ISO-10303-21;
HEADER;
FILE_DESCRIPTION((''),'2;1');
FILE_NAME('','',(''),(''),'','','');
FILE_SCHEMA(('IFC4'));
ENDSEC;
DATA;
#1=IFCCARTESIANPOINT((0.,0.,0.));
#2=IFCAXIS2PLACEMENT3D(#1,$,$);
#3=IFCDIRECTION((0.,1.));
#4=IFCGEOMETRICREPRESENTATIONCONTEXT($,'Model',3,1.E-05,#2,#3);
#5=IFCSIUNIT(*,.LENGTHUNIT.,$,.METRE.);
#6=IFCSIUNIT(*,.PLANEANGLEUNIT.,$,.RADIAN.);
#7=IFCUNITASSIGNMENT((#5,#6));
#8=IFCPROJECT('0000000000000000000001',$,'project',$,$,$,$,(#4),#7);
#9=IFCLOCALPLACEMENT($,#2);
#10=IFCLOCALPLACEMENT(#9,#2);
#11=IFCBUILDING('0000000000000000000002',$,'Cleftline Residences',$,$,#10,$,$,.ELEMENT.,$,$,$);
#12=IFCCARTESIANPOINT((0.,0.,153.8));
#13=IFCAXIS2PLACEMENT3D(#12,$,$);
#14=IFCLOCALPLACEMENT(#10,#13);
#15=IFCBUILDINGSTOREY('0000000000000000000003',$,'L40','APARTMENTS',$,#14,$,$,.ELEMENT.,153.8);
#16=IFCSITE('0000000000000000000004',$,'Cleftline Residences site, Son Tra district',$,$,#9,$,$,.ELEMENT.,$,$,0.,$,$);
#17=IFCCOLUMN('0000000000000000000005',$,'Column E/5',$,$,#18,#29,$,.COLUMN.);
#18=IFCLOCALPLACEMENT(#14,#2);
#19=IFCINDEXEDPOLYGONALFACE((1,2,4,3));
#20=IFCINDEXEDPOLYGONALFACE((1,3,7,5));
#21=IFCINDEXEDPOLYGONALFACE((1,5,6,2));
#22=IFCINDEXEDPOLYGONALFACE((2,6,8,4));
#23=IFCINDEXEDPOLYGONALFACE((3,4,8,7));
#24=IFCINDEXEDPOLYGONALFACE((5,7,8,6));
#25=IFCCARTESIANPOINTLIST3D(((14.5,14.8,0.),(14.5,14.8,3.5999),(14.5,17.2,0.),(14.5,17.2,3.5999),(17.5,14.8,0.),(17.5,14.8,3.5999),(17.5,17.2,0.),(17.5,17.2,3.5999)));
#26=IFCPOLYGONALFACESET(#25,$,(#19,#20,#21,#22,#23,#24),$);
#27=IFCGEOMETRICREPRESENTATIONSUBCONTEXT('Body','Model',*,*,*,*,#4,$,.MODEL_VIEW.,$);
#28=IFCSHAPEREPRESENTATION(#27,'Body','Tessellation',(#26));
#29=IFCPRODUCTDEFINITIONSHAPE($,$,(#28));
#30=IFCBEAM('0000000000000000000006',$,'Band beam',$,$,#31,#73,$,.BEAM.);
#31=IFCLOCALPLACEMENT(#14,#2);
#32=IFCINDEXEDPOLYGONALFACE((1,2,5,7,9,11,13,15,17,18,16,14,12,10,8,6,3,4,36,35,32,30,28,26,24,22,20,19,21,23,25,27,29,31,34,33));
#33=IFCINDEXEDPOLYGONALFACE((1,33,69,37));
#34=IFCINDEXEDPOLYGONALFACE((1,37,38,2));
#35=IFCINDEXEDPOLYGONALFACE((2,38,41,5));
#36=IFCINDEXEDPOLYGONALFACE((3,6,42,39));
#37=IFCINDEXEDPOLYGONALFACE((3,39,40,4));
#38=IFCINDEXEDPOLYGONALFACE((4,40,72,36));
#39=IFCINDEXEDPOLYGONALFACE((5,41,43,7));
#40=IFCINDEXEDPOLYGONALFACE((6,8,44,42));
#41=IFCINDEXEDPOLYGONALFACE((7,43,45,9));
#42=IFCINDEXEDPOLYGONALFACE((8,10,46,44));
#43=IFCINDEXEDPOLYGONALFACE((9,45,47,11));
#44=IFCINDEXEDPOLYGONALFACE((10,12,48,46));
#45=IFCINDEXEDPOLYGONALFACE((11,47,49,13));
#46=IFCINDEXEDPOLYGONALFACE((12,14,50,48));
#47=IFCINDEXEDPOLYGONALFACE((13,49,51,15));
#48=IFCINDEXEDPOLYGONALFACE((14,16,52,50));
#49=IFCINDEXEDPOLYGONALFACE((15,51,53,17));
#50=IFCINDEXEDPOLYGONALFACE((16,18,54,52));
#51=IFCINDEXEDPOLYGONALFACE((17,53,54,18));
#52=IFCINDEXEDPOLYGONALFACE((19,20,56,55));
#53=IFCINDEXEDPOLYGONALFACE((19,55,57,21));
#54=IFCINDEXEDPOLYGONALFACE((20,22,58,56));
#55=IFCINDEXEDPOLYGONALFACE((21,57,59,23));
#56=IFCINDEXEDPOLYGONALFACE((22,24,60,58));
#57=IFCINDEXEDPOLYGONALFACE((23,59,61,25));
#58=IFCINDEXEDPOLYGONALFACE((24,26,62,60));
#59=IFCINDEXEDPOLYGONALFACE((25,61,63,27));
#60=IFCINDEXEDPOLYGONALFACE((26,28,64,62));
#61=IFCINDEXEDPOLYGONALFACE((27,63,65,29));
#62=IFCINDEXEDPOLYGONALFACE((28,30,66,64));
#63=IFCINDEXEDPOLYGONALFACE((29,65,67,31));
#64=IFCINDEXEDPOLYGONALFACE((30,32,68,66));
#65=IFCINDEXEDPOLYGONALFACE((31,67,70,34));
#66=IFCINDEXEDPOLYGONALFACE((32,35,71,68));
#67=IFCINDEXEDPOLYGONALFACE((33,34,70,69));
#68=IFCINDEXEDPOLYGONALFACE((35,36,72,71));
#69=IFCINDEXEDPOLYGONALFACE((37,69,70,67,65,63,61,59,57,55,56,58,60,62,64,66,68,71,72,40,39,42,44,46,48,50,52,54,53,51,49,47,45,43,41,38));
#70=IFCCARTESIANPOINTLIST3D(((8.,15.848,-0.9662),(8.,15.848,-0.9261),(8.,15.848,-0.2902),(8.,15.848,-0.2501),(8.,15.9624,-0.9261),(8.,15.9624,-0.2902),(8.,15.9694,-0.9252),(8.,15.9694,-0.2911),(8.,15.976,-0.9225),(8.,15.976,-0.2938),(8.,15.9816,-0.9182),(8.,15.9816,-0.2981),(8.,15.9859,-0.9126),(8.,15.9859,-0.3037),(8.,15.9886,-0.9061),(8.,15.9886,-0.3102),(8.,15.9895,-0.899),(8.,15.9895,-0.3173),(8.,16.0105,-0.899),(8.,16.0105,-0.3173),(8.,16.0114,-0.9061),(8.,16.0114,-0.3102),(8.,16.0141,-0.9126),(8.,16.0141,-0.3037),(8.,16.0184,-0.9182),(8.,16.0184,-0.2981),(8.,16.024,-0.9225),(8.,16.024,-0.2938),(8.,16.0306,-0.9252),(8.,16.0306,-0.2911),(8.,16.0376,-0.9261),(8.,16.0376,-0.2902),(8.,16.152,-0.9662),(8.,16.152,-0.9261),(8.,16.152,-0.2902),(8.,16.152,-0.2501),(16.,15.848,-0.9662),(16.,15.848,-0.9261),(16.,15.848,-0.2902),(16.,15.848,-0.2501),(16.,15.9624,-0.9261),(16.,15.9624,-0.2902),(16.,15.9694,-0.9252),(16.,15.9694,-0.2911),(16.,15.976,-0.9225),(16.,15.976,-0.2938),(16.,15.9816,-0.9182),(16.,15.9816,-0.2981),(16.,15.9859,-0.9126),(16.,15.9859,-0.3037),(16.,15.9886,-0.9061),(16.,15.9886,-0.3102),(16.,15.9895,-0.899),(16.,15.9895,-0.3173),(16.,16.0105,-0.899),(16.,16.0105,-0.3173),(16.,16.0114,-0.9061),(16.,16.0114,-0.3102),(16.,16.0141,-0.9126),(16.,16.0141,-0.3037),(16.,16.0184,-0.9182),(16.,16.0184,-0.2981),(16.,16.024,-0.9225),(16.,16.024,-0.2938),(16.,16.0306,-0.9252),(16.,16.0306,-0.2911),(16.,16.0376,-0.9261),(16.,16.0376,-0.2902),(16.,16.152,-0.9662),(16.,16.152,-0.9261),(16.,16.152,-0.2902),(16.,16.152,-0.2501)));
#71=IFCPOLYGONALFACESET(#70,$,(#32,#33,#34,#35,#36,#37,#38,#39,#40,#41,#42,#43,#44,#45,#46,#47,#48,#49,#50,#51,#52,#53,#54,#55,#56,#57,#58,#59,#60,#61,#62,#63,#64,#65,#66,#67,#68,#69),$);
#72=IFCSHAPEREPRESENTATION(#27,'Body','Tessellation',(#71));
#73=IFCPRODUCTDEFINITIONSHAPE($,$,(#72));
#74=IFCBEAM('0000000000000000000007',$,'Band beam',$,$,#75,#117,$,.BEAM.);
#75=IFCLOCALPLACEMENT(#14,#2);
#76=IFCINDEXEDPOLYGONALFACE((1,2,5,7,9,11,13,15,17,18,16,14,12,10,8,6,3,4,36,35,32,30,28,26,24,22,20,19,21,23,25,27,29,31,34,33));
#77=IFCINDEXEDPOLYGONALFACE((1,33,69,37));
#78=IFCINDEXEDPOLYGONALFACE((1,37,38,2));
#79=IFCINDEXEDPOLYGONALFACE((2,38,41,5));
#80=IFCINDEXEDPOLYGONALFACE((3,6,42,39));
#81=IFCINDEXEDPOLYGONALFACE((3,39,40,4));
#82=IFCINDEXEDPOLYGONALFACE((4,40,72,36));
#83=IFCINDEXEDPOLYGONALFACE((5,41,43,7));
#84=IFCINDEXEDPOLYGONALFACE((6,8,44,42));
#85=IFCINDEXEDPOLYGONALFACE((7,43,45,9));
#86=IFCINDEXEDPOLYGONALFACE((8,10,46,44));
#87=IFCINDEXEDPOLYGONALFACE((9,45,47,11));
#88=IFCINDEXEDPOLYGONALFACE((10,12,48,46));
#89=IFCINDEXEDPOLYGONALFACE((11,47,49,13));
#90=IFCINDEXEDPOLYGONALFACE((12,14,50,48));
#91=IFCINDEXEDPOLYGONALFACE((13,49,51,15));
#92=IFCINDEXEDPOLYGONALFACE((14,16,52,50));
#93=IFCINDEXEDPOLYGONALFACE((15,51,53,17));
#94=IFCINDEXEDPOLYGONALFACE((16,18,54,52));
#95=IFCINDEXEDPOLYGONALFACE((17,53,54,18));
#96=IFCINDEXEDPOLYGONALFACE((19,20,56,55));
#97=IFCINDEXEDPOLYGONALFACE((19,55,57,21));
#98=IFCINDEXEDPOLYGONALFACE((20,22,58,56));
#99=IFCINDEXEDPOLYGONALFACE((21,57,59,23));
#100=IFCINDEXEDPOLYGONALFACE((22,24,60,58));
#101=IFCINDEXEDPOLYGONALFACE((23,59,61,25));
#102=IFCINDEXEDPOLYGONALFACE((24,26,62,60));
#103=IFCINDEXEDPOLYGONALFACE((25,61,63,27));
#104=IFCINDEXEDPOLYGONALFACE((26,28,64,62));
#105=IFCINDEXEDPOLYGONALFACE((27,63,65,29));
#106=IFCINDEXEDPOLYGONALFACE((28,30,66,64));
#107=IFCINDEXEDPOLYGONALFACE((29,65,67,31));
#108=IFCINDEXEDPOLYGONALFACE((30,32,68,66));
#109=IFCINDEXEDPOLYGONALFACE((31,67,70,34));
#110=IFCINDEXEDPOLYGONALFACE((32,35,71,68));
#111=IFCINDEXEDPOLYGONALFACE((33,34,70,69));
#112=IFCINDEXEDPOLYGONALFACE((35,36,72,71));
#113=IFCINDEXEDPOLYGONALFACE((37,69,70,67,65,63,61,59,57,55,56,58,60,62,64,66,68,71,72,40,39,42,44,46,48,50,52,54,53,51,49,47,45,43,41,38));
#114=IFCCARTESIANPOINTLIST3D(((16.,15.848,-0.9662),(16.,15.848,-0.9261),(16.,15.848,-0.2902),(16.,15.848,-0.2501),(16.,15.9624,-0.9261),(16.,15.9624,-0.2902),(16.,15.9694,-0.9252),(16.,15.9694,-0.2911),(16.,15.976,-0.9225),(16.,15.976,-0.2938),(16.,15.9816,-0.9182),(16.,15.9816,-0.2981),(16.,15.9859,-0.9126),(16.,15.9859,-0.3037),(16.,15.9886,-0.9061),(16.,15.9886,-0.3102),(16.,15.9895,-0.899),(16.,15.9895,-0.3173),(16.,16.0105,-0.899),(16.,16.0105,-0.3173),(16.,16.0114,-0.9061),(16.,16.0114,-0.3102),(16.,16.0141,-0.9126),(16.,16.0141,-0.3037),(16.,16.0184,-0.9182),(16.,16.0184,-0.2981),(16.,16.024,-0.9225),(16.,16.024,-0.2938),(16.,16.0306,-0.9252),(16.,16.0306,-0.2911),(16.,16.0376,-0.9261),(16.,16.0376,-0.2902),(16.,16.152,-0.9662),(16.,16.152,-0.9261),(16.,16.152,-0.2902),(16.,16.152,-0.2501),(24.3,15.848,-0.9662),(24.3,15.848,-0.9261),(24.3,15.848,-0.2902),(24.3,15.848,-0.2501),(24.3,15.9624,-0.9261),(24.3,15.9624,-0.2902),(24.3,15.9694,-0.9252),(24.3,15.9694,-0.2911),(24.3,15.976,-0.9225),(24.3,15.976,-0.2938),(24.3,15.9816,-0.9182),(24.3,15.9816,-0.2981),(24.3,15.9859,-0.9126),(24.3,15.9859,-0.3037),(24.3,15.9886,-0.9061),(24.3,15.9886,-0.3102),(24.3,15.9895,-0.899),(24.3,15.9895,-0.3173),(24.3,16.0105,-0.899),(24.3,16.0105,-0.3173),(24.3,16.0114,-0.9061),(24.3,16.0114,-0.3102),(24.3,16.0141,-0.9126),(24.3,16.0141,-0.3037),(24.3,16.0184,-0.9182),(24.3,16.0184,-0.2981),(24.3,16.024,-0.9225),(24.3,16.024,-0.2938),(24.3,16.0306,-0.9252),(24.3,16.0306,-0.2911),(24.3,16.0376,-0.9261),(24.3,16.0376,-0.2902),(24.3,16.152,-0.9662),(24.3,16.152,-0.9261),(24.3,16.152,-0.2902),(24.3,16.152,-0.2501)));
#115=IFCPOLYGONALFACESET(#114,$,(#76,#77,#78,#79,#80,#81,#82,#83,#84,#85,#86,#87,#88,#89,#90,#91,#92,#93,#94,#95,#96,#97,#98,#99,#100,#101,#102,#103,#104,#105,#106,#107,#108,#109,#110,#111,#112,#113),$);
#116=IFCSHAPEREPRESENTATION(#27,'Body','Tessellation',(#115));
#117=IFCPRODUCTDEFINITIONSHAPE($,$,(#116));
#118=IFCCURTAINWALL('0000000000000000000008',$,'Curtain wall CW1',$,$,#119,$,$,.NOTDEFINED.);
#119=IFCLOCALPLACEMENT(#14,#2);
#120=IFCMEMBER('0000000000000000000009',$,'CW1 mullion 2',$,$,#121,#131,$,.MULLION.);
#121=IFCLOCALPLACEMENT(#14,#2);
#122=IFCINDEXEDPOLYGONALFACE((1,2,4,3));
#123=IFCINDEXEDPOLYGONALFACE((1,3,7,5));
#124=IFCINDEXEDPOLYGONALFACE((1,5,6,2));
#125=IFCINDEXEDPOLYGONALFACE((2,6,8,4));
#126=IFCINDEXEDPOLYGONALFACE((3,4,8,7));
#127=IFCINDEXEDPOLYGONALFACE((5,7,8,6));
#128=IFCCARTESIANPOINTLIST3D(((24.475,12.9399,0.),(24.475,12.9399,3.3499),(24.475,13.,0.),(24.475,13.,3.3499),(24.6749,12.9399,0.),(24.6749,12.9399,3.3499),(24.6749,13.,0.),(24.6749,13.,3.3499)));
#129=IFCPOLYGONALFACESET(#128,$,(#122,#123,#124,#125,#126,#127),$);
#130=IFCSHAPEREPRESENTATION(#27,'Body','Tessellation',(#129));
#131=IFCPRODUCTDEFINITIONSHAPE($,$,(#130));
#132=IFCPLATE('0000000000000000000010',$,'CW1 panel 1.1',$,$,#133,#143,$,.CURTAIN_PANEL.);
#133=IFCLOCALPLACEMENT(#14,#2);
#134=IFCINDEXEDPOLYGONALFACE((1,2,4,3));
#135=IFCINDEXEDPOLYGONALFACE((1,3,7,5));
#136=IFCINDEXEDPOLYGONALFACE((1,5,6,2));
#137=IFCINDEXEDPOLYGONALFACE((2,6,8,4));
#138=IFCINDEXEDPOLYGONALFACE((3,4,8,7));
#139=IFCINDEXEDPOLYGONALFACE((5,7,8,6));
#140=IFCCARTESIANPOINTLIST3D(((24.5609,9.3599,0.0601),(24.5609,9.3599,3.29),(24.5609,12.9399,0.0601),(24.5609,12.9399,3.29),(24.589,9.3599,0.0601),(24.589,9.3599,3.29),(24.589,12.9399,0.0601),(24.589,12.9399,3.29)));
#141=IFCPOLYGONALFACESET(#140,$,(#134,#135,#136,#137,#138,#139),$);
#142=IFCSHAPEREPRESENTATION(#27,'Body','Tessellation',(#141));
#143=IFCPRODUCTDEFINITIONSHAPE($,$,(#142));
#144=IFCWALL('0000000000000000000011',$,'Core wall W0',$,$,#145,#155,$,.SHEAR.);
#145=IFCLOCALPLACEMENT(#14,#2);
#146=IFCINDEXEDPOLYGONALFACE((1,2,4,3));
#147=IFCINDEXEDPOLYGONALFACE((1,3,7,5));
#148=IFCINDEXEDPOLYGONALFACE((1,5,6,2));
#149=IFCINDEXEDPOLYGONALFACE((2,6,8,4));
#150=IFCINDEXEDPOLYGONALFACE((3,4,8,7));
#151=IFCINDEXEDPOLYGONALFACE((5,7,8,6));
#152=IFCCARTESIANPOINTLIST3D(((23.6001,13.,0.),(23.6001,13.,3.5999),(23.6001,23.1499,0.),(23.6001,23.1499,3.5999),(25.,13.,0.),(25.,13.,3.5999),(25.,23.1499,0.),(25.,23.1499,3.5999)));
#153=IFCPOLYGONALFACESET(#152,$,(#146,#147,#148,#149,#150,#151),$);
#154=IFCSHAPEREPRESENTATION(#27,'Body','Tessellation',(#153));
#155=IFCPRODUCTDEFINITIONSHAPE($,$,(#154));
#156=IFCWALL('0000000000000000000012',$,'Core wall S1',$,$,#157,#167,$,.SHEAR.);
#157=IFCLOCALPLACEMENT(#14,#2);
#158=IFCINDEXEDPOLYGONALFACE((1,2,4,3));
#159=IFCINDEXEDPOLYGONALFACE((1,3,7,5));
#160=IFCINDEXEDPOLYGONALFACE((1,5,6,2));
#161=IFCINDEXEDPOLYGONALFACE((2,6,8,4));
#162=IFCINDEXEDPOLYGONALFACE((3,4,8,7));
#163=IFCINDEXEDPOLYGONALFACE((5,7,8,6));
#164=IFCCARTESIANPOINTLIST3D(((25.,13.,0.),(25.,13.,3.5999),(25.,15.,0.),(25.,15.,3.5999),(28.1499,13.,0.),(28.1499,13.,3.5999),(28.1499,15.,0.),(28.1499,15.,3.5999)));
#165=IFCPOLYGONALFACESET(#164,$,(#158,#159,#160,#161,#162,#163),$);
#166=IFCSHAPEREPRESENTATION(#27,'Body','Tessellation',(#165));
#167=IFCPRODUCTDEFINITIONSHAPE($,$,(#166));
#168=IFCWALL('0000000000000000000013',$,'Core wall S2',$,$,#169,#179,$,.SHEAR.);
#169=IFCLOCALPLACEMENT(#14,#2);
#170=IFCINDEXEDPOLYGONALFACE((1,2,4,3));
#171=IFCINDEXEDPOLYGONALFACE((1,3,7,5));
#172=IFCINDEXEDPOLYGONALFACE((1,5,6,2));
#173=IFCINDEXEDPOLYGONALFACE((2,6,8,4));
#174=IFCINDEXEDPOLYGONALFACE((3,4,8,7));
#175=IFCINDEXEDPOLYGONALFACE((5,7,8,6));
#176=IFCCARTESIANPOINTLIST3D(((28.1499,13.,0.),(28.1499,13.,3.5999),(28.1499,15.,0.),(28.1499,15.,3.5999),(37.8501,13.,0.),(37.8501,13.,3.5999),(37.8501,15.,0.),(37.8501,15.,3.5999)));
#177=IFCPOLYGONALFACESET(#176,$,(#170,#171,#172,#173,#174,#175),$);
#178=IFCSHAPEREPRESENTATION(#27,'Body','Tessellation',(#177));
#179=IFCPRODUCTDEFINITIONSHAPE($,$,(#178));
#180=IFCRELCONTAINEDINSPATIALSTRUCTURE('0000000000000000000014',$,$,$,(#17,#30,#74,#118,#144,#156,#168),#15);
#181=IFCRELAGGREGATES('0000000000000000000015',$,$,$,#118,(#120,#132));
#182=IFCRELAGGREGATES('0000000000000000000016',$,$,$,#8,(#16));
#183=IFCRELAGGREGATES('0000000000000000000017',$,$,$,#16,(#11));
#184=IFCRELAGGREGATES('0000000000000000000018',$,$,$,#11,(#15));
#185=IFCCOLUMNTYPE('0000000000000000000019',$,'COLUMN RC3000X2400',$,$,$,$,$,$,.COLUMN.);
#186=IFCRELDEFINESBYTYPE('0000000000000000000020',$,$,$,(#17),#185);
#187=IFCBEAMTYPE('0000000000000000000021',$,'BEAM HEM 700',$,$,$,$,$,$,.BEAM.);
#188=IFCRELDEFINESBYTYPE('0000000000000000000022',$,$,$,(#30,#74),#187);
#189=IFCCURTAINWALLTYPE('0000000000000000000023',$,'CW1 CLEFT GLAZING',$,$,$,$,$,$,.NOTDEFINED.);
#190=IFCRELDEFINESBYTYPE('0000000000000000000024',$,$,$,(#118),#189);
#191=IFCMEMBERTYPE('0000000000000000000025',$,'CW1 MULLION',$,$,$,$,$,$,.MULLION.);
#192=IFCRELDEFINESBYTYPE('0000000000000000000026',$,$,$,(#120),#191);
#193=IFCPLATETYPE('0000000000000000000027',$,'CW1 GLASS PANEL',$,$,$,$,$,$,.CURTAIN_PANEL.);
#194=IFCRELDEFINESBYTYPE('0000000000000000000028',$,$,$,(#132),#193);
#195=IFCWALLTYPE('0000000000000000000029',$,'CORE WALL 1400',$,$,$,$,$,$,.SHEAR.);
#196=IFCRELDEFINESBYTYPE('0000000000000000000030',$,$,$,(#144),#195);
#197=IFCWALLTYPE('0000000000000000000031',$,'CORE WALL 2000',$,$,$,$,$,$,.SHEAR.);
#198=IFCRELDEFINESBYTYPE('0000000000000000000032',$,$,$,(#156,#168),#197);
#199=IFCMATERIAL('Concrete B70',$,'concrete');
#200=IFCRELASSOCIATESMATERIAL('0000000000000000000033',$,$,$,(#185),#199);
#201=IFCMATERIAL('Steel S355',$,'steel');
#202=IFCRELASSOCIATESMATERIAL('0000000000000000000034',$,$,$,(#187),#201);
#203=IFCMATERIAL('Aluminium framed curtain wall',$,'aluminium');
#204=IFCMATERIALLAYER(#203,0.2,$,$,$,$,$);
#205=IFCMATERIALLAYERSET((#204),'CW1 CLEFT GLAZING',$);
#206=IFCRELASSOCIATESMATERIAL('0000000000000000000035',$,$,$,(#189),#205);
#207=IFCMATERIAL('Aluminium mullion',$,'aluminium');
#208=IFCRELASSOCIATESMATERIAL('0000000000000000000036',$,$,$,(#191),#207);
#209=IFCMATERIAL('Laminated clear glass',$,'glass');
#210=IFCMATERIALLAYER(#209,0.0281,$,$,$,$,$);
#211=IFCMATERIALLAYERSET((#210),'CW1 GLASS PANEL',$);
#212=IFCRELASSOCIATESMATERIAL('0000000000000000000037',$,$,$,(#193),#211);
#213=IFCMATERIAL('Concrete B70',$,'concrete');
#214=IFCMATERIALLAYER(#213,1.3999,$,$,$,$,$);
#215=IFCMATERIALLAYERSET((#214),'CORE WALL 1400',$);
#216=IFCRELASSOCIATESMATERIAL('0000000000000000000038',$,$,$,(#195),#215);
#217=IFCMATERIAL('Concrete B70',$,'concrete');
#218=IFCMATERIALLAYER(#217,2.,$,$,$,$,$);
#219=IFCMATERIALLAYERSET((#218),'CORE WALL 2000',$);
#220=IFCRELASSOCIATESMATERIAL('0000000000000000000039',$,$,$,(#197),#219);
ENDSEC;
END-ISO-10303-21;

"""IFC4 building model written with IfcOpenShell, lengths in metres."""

from ifc_helpers import new_model, si_unit, direction, frame, frame_2d, origin, origin_2d, place, context, subcontext, project, spatial, rectangle, i_section, extrude, material, layer, layer_set, material_profile, profile_set, type_object, element, aggregate, save


model = new_model("IFC4")

# Units and contexts
model_context = context("Model", 3, precision=1e-05, world=origin(), true_north=direction((0.0, 1.0)))
body_context = subcontext(model_context, "Body", "Model", "MODEL_VIEW")
ifc_project = project(units=[si_unit("LENGTHUNIT", "METRE"), si_unit("PLANEANGLEUNIT", "RADIAN")], contexts=[model_context])

# Site, building, storey
site_placement = place(None, origin())
site = spatial("IfcSite", under=ifc_project, at=site_placement, Name="Cleftline Residences site, Son Tra district", CompositionType="ELEMENT", RefElevation=0.0)
building_placement = place(site_placement, origin())
building = spatial("IfcBuilding", under=site, at=building_placement, Name="Cleftline Residences", CompositionType="ELEMENT")
storey_placement = place(building_placement, frame((0.0, 0.0, 153.8)))
storey = spatial("IfcBuildingStorey", under=building, at=storey_placement, Name="L40", Description="APARTMENTS", CompositionType="ELEMENT", Elevation=153.8)

# Column
ifc_material_1 = material(Name="Concrete B70", Category="concrete")
ifc_material_profile_1 = material_profile(ifc_material_1, rectangle(XDim=3.0, YDim=2.3999, at=origin_2d()))
ifc_profile_set_1 = profile_set([ifc_material_profile_1], Name="Concrete B70")
column_type = type_object("IfcColumnType", Name="COLUMN RC3000X2400", PredefinedType="COLUMN", material=ifc_profile_set_1)
column_placement = place(storey_placement, frame((16.0, 16.0, 0.0), z_axis=(0.0, 0.0, 1.0), x_axis=(1.0, 0.0, 0.0)))
element("IfcColumn", 1, at=column_placement, inside=storey, type_object=column_type, Name="Column E/5", PredefinedType="COLUMN", context=body_context, shape_type="SweptSolid", body=[
    extrude(rectangle(XDim=3.0, YDim=2.3999, at=origin_2d()), origin(), (0.0, 0.0, 1.0), 3.5999),
])

# Beams
ifc_material_2 = material(Name="Steel S355", Category="steel")
ifc_material_profile_2 = material_profile(ifc_material_2, i_section(OverallWidth=0.304, OverallDepth=0.7161, WebThickness=0.021, FlangeThickness=0.04, FilletRadius=0.0271, at=origin_2d()))
ifc_profile_set_2 = profile_set([ifc_material_profile_2], Name="Steel S355")
beam_type = type_object("IfcBeamType", Name="BEAM HEM 700", PredefinedType="BEAM", material=ifc_profile_set_2)
beam_1_placement = place(storey_placement, frame((8.0, 16.0, -0.6082), z_axis=(1.0, 0.0, 0.0), x_axis=(0.0, 1.0, 0.0)))
element("IfcBeam", 2, at=beam_1_placement, inside=storey, type_object=beam_type, Name="Band beam", PredefinedType="BEAM", context=body_context, shape_type="SweptSolid", body=[
    extrude(i_section(OverallWidth=0.304, OverallDepth=0.7161, WebThickness=0.021, FlangeThickness=0.04, FilletRadius=0.0271, at=origin_2d()), origin(), (0.0, 0.0, 1.0), 8.0),
])
beam_2_placement = place(storey_placement, frame((16.0, 16.0, -0.6082), z_axis=(1.0, 0.0, 0.0), x_axis=(0.0, 1.0, 0.0)))
element("IfcBeam", 3, at=beam_2_placement, inside=storey, type_object=beam_type, Name="Band beam", PredefinedType="BEAM", context=body_context, shape_type="SweptSolid", body=[
    extrude(i_section(OverallWidth=0.304, OverallDepth=0.7161, WebThickness=0.021, FlangeThickness=0.04, FilletRadius=0.0271, at=origin_2d()), origin(), (0.0, 0.0, 1.0), 8.3),
])

# Curtain wall, member, plate
ifc_material_3 = material(Name="Aluminium framed curtain wall", Category="aluminium")
ifc_layer_1 = layer(ifc_material_3, 0.2)
ifc_layer_set_1 = layer_set([ifc_layer_1], Name="CW1 CLEFT GLAZING")
curtain_wall_type = type_object("IfcCurtainWallType", Name="CW1 CLEFT GLAZING", PredefinedType="NOTDEFINED", material=ifc_layer_set_1)
curtain_wall_placement = place(storey_placement, origin())
curtain_wall = element("IfcCurtainWall", 4, at=curtain_wall_placement, inside=storey, type_object=curtain_wall_type, Name="Curtain wall CW1", PredefinedType="NOTDEFINED")
ifc_material_4 = material(Name="Aluminium mullion", Category="aluminium")
ifc_material_profile_3 = material_profile(ifc_material_4, rectangle(XDim=0.2, YDim=0.0601, at=origin_2d()))
ifc_profile_set_3 = profile_set([ifc_material_profile_3], Name="Aluminium mullion")
member_type = type_object("IfcMemberType", Name="CW1 MULLION", PredefinedType="MULLION", material=ifc_profile_set_3)
member_placement = place(storey_placement, frame((24.575, 12.97, 0.0), z_axis=(0.0, 0.0, 1.0), x_axis=(-1.0, 0.0, 0.0)))
member = element("IfcMember", 5, at=member_placement, type_object=member_type, Name="CW1 mullion 2", PredefinedType="MULLION", context=body_context, shape_type="SweptSolid", body=[
    extrude(rectangle(XDim=0.2, YDim=0.0601, at=origin_2d()), origin(), (0.0, 0.0, 1.0), 3.3499),
])
ifc_material_5 = material(Name="Laminated clear glass", Category="glass")
ifc_layer_2 = layer(ifc_material_5, 0.0281)
ifc_layer_set_2 = layer_set([ifc_layer_2], Name="CW1 GLASS PANEL")
plate_type = type_object("IfcPlateType", Name="CW1 GLASS PANEL", PredefinedType="CURTAIN_PANEL", material=ifc_layer_set_2)
plate_placement = place(storey_placement, frame((24.575, 11.1499, 0.0601), z_axis=(0.0, 0.0, 1.0), x_axis=(0.0, 1.0, 0.0)))
plate = element("IfcPlate", 6, at=plate_placement, type_object=plate_type, Name="CW1 panel 1.1", PredefinedType="CURTAIN_PANEL", context=body_context, shape_type="SweptSolid", body=[
    extrude(rectangle(XDim=3.5801, YDim=0.0281, at=origin_2d()), origin(), (0.0, 0.0, 1.0), 3.23),
])
aggregate(curtain_wall, [member, plate])

# Walls
ifc_material_6 = material(Name="Concrete B70", Category="concrete")
ifc_layer_3 = layer(ifc_material_6, 1.3999)
ifc_layer_set_3 = layer_set([ifc_layer_3], Name="CORE WALL 1400")
wall_type_1 = type_object("IfcWallType", Name="CORE WALL 1400", PredefinedType="SHEAR", material=ifc_layer_set_3)
wall_1_placement = place(storey_placement, frame((24.3, 13.0, 0.0), z_axis=(0.0, 0.0, 1.0), x_axis=(0.0, 1.0, 0.0)))
element("IfcWall", 7, at=wall_1_placement, inside=storey, type_object=wall_type_1, Name="Core wall W0", PredefinedType="SHEAR", context=body_context, shape_type="SweptSolid", body=[
    extrude(rectangle(XDim=10.1499, YDim=1.3999, at=frame_2d((5.075, 0.0))), origin(), (0.0, 0.0, 1.0), 3.5999),
])
ifc_material_7 = material(Name="Concrete B70", Category="concrete")
ifc_layer_4 = layer(ifc_material_7, 2.0)
ifc_layer_set_4 = layer_set([ifc_layer_4], Name="CORE WALL 2000")
wall_type_2 = type_object("IfcWallType", Name="CORE WALL 2000", PredefinedType="SHEAR", material=ifc_layer_set_4)
wall_2_placement = place(storey_placement, frame((25.0, 14.0, 0.0), z_axis=(0.0, 0.0, 1.0), x_axis=(1.0, 0.0, 0.0)))
element("IfcWall", 8, at=wall_2_placement, inside=storey, type_object=wall_type_2, Name="Core wall S1", PredefinedType="SHEAR", context=body_context, shape_type="SweptSolid", body=[
    extrude(rectangle(XDim=3.1499, YDim=2.0, at=frame_2d((1.575, 0.0))), origin(), (0.0, 0.0, 1.0), 3.5999),
])
wall_3_placement = place(storey_placement, frame((28.1499, 14.0, 0.0), z_axis=(0.0, 0.0, 1.0), x_axis=(1.0, 0.0, 0.0)))
element("IfcWall", 9, at=wall_3_placement, inside=storey, type_object=wall_type_2, Name="Core wall S2", PredefinedType="SHEAR", context=body_context, shape_type="SweptSolid", body=[
    extrude(rectangle(XDim=9.7002, YDim=2.0, at=frame_2d((4.8501, 0.0))), origin(), (0.0, 0.0, 1.0), 3.5999),
])

save(model, "model.ifc")
